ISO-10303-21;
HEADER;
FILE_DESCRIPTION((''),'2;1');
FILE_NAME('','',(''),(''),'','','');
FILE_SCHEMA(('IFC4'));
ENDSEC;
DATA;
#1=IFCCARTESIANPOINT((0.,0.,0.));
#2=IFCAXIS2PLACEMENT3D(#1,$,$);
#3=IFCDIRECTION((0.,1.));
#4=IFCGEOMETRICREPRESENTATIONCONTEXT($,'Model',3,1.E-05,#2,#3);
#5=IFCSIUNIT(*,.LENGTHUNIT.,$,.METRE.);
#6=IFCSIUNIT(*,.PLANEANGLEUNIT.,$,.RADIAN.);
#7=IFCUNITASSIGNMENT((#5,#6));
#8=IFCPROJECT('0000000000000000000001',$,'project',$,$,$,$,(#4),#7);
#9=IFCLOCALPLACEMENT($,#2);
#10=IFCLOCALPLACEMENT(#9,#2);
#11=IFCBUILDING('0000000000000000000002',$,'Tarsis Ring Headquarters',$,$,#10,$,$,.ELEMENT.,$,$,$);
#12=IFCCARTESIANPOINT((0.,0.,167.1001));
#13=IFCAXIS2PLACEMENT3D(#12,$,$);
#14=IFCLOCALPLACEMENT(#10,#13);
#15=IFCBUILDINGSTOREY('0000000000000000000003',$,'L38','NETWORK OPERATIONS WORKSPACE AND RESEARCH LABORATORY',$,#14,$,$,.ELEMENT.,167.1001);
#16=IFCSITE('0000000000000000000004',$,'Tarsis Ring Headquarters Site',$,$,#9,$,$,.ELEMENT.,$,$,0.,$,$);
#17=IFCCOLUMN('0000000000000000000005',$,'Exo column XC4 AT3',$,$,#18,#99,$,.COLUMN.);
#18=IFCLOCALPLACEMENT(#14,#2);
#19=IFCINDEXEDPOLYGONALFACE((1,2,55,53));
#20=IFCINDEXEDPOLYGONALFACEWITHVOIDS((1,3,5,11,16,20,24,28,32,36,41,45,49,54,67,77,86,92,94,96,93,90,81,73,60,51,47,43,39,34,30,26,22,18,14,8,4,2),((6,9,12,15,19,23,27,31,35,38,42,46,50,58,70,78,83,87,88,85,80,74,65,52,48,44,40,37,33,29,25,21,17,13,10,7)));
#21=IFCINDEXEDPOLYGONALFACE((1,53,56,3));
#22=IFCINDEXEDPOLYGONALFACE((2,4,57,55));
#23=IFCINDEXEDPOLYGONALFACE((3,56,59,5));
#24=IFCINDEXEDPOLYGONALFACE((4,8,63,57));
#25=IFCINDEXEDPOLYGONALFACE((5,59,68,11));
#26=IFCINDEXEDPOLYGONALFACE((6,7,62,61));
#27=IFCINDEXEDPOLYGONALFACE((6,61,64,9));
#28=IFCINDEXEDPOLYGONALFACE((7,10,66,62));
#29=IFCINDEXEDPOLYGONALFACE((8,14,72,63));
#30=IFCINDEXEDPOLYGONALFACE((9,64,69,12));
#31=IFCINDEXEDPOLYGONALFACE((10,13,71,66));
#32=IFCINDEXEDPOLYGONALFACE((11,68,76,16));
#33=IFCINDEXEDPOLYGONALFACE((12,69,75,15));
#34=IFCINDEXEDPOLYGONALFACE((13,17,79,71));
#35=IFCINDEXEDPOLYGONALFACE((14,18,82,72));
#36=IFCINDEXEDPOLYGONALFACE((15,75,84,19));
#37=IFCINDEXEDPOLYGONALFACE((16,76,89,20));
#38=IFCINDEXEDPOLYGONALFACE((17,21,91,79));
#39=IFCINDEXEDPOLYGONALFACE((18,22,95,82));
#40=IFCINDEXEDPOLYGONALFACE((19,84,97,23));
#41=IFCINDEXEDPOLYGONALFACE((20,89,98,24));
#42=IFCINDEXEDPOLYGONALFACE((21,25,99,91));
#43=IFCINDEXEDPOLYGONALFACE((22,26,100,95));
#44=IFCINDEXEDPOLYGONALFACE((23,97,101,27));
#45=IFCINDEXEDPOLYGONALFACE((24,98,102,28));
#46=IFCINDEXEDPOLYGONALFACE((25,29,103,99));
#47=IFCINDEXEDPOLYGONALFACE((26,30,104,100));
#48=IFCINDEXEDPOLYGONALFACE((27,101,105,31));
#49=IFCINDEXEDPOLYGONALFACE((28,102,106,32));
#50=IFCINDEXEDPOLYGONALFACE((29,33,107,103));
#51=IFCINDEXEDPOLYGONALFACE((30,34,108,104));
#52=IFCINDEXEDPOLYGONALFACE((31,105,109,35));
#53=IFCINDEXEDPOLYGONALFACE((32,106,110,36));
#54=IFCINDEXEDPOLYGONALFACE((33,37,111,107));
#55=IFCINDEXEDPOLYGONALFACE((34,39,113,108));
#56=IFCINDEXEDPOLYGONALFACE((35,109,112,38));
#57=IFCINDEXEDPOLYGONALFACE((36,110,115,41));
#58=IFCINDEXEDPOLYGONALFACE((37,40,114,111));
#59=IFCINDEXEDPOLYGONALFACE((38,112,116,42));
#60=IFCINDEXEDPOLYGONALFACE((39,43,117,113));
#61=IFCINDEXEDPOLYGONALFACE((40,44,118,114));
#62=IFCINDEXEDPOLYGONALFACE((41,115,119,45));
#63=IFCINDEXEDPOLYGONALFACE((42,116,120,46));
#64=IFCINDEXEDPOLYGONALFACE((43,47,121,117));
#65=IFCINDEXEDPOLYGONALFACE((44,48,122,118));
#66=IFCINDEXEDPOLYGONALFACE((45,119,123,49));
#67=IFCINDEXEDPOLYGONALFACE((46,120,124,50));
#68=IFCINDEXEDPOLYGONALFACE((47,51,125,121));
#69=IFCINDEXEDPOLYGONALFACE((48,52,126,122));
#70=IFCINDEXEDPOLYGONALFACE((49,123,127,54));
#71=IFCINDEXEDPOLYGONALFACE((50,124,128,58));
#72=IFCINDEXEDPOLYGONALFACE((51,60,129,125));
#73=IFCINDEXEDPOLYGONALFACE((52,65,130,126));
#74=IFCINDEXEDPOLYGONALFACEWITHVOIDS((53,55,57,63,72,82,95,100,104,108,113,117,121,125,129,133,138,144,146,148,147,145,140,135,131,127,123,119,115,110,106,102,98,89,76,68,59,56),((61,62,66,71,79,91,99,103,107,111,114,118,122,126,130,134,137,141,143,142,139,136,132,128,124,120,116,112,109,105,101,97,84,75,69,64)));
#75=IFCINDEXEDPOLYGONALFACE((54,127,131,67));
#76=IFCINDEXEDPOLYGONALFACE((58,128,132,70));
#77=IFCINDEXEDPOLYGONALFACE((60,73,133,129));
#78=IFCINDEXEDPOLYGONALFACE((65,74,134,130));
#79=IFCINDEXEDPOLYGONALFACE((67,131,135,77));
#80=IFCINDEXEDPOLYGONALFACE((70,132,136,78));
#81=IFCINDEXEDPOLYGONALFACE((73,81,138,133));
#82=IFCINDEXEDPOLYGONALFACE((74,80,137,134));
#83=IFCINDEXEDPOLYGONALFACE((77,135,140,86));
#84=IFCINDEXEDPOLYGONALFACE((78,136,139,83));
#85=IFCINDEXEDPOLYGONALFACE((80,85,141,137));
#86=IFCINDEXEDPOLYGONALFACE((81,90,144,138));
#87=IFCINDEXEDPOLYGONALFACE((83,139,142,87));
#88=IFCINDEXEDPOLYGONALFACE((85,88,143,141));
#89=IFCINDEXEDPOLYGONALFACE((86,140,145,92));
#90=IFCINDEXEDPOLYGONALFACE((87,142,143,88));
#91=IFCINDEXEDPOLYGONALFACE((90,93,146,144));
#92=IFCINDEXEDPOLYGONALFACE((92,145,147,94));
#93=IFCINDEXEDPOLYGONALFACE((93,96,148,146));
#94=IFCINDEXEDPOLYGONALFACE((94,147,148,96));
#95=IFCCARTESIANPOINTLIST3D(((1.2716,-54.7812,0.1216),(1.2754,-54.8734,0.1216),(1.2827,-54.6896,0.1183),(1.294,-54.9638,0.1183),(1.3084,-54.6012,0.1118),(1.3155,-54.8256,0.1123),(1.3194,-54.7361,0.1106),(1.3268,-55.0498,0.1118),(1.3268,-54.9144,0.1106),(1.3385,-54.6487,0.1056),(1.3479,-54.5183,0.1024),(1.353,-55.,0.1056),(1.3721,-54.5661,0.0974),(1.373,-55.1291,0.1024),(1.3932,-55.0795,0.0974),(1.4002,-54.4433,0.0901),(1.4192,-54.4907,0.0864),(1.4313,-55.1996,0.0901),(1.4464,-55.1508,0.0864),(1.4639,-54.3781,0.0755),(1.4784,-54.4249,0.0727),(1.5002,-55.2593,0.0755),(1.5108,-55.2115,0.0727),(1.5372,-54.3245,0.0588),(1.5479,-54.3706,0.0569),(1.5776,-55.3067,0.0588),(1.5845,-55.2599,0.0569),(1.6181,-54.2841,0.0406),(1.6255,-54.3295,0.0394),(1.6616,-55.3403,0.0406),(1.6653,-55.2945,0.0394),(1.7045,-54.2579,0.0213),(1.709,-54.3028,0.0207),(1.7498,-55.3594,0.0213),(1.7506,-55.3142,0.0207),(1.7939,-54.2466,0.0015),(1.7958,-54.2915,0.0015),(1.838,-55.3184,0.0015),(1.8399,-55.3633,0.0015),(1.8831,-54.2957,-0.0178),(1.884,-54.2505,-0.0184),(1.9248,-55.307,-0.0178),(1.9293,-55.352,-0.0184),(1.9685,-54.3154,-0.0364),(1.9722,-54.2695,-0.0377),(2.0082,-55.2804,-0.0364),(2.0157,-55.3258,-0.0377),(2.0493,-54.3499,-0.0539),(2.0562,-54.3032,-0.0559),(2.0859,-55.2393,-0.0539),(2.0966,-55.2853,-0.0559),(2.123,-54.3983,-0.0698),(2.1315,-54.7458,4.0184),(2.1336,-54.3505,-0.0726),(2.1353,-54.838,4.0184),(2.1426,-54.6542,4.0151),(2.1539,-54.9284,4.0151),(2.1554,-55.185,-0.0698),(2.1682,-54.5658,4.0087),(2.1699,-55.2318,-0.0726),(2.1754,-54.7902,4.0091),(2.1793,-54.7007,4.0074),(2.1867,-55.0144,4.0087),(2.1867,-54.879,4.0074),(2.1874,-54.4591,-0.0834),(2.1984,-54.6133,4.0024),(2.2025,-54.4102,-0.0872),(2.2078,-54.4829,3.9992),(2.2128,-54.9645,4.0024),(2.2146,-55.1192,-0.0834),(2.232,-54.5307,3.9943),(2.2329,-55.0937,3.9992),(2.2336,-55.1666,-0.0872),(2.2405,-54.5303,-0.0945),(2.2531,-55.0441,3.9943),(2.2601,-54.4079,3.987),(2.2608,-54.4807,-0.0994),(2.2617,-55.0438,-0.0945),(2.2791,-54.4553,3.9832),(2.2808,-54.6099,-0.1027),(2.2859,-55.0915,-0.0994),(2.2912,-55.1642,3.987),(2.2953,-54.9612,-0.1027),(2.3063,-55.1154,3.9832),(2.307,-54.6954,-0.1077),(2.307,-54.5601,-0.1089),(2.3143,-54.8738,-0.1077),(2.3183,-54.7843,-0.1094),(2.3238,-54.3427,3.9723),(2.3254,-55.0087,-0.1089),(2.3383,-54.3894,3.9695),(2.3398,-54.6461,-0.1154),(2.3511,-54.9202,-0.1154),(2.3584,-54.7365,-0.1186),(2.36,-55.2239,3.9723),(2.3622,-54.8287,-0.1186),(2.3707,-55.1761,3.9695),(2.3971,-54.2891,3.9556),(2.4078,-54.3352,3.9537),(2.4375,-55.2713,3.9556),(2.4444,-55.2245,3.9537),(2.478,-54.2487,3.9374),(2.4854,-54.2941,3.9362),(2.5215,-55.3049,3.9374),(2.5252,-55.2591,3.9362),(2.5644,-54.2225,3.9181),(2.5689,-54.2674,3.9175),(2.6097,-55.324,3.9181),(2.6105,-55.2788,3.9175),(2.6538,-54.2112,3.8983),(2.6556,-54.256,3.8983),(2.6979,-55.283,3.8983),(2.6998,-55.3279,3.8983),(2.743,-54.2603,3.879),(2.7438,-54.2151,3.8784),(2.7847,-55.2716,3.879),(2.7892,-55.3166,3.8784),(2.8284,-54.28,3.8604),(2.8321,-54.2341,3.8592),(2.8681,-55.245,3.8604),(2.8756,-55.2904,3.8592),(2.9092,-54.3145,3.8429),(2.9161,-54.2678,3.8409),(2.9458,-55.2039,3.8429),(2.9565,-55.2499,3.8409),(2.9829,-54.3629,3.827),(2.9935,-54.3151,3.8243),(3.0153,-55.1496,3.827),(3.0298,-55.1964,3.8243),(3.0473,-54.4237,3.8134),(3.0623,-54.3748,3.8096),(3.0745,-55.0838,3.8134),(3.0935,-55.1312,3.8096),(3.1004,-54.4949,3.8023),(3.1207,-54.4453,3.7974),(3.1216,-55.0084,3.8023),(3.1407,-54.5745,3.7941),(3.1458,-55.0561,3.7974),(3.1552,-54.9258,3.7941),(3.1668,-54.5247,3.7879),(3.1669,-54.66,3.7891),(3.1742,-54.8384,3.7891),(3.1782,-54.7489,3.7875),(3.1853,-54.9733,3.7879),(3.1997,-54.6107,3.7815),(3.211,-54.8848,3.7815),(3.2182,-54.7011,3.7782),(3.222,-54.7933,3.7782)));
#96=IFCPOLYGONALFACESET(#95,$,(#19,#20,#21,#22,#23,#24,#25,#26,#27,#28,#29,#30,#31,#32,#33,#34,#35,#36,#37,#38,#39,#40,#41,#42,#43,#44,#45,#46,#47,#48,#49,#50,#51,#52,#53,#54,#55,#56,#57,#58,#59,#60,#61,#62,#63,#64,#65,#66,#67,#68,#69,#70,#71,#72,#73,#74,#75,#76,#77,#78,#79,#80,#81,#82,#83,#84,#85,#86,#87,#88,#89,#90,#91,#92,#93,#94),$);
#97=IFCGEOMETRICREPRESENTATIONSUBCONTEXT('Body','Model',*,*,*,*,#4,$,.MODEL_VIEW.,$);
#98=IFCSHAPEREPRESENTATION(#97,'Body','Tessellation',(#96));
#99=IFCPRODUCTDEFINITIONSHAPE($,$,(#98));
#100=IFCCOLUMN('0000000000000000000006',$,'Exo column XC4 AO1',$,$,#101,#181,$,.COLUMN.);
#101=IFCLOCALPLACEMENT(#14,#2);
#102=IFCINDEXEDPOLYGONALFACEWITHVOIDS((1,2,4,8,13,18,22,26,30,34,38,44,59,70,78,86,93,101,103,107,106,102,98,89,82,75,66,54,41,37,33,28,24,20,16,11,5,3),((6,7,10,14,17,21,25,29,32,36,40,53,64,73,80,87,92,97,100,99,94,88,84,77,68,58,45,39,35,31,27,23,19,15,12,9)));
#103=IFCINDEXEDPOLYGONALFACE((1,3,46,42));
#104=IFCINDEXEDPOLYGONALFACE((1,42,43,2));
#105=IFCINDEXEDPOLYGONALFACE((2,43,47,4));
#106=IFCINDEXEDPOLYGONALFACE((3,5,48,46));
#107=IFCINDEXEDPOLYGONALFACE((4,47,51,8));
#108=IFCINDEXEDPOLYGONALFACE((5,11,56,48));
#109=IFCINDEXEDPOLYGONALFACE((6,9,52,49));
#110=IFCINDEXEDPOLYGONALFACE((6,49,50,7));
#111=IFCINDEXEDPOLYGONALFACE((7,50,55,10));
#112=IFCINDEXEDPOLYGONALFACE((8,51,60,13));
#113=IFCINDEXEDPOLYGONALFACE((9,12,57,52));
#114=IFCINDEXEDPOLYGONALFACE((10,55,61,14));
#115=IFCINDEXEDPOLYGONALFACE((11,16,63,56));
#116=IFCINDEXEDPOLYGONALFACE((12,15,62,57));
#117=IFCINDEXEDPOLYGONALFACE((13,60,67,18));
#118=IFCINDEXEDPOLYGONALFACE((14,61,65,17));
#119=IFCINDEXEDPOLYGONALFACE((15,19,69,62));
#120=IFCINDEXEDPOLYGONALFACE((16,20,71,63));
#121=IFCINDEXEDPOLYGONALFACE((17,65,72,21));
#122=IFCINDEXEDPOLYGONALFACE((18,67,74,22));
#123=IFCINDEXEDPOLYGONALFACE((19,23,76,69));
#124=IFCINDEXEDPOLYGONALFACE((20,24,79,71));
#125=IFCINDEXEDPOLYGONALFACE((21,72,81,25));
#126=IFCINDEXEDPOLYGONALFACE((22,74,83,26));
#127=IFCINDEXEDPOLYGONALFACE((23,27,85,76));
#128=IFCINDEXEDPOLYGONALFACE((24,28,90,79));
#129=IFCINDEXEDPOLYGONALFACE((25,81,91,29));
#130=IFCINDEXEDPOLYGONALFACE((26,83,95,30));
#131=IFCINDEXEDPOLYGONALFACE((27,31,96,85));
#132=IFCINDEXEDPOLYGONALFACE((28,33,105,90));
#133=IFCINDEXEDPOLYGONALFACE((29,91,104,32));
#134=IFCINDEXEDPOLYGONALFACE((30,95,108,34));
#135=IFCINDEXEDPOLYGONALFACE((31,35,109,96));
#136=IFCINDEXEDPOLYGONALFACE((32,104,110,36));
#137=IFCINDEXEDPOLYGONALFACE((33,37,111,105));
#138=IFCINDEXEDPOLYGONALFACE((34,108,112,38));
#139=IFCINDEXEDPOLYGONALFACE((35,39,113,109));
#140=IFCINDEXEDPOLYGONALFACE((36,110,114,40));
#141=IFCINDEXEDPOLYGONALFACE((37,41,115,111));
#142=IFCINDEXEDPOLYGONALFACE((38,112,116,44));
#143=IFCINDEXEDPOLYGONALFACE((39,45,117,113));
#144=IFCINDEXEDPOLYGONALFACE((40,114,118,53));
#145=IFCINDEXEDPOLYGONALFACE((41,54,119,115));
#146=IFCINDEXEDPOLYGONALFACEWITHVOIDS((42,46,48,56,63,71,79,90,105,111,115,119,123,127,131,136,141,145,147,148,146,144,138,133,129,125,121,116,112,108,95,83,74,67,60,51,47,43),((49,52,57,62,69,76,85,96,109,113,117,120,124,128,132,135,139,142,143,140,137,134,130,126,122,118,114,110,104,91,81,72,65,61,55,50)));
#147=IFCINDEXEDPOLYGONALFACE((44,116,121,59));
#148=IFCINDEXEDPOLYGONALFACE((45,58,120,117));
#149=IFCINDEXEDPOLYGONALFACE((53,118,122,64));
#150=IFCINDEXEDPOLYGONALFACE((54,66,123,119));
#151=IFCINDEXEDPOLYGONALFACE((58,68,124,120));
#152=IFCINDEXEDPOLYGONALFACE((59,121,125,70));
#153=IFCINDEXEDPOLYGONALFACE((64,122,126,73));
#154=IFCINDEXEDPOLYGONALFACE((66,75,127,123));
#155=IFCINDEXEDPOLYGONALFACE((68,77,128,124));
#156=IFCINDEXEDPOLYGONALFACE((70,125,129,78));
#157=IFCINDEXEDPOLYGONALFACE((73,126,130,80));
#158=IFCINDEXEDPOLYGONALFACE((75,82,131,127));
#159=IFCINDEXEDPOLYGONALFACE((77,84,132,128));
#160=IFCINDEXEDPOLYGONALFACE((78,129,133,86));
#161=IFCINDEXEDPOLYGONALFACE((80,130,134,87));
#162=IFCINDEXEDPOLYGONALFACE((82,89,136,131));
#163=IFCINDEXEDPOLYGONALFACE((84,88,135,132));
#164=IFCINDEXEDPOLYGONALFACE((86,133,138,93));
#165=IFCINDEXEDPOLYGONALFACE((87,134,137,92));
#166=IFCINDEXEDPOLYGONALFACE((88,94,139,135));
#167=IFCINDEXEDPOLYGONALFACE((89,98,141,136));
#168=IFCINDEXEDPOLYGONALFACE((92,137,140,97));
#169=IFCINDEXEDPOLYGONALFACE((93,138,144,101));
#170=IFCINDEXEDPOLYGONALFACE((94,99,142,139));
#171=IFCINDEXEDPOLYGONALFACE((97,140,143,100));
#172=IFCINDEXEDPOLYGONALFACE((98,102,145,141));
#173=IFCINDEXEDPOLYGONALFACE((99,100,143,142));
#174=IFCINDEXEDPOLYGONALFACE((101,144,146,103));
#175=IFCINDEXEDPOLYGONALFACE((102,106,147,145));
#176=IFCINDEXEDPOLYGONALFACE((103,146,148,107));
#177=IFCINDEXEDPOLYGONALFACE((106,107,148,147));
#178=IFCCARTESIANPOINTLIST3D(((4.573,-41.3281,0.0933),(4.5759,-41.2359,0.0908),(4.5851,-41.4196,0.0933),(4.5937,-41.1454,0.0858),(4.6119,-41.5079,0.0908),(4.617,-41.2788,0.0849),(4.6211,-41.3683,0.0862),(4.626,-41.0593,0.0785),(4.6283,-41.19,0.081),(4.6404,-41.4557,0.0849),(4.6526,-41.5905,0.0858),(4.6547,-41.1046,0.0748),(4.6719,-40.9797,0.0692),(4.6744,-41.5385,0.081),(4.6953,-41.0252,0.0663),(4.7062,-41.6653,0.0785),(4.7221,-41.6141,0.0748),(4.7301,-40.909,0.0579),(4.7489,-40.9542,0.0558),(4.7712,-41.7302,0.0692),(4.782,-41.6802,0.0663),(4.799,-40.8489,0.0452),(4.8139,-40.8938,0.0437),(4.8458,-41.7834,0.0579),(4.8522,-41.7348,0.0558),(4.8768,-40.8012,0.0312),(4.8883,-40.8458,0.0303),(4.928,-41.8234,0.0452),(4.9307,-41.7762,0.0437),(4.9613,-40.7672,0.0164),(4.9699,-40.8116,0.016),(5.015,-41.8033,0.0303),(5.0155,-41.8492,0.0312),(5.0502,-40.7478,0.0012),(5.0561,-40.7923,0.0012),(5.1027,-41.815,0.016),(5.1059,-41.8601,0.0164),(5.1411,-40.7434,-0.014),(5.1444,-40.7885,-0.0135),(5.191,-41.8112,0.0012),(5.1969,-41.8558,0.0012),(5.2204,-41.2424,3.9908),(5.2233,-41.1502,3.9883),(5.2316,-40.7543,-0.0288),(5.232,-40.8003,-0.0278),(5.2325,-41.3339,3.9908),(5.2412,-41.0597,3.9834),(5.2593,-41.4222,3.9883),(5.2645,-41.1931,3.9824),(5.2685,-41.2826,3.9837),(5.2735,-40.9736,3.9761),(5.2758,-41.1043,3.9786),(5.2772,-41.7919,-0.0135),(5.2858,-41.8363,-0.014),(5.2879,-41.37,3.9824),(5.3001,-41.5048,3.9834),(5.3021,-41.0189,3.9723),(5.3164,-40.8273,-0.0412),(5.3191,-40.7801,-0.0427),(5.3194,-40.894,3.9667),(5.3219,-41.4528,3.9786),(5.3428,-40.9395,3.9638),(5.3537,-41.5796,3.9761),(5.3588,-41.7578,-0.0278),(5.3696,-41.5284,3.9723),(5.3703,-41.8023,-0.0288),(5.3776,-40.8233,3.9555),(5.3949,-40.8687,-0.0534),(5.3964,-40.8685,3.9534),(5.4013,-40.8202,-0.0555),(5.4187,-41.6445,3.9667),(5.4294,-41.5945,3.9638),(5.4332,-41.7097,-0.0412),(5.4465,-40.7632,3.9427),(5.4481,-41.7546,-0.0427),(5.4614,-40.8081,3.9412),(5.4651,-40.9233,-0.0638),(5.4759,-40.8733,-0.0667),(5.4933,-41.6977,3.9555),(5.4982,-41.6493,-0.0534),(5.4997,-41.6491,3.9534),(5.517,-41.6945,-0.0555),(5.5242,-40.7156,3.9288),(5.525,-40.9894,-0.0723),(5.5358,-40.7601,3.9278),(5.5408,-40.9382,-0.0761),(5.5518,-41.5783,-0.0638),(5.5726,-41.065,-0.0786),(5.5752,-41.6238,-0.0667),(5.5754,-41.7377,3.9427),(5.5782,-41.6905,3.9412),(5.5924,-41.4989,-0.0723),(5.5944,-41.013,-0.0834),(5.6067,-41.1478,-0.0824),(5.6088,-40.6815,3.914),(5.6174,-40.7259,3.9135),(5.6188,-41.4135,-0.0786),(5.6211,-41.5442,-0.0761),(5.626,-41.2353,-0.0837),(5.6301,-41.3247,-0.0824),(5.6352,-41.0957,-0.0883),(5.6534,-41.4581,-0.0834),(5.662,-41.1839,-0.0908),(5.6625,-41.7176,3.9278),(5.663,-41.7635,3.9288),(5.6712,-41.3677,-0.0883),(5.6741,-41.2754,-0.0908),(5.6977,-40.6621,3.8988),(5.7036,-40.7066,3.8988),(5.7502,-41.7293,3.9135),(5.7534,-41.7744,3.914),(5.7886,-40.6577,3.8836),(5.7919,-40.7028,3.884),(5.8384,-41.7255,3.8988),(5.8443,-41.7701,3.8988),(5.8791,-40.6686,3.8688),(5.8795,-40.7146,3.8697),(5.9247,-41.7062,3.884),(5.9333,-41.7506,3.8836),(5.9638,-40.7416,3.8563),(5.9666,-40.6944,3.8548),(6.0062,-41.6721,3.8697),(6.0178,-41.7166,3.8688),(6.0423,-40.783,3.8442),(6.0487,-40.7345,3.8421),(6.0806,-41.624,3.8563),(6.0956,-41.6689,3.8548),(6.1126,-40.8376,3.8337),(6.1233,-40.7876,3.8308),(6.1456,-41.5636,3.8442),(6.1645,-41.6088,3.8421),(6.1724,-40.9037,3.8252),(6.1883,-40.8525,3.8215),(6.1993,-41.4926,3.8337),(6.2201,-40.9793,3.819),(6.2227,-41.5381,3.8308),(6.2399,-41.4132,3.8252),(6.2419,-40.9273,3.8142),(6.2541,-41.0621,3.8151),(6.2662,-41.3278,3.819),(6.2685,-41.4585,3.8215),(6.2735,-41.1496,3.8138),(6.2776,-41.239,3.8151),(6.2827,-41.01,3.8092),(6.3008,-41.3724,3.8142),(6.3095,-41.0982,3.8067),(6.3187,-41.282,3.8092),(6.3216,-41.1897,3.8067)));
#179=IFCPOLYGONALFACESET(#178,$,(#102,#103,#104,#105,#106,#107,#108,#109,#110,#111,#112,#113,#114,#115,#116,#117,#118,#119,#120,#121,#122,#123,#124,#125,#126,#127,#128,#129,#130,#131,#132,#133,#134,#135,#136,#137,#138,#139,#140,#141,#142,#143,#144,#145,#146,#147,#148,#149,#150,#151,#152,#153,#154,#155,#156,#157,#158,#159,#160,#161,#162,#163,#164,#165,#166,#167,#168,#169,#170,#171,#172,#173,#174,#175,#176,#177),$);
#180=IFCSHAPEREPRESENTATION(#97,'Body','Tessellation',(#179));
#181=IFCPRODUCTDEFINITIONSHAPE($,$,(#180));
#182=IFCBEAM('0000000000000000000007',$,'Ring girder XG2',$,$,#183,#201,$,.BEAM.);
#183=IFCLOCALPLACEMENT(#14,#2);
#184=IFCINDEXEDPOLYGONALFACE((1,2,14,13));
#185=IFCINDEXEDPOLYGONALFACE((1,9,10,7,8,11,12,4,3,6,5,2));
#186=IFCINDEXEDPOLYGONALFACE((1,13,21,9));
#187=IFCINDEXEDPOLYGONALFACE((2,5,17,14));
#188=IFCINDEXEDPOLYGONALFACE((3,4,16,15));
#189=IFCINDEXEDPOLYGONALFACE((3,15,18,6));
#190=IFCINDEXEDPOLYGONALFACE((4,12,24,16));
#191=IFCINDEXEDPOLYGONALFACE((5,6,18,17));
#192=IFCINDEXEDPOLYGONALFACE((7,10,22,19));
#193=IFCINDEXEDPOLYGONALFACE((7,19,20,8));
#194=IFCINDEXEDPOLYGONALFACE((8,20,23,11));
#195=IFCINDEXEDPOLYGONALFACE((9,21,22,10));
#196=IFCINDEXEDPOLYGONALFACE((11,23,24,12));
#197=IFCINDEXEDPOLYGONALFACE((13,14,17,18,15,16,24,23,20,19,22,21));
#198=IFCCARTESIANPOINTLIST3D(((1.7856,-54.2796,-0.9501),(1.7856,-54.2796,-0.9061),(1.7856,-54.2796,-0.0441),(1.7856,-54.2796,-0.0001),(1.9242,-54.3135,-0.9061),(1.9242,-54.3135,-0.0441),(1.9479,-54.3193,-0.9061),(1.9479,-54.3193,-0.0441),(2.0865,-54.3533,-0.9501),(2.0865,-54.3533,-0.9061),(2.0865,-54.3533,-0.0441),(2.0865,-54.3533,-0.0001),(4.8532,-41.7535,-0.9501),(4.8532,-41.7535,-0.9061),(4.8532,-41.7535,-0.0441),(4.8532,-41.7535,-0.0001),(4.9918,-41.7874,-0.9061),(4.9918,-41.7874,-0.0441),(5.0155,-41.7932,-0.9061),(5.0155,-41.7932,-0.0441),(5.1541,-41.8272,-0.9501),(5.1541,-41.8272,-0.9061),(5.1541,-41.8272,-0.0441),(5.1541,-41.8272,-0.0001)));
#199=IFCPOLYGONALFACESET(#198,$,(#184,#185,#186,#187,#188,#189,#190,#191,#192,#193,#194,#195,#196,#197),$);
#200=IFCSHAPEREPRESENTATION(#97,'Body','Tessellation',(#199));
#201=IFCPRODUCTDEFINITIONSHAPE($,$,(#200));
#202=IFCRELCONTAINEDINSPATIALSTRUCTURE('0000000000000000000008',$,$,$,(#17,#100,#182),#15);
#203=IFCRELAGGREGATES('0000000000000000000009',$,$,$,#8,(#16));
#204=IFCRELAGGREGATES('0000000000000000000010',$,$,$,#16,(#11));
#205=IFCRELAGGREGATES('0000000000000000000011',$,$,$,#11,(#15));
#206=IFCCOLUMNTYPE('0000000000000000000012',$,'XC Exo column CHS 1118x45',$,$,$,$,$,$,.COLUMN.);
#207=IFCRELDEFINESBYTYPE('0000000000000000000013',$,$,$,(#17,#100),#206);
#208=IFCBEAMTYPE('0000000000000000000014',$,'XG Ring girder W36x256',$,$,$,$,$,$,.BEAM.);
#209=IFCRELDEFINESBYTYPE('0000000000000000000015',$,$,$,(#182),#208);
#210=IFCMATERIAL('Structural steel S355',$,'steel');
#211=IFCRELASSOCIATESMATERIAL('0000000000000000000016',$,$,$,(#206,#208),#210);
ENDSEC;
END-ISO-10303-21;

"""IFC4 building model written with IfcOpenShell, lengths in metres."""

from ifc_helpers import new_model, si_unit, direction, frame, origin, origin_2d, place, context, subcontext, project, spatial, hollow_circle, i_section, extrude, material, material_profile, profile_set, type_object, element, save


model = new_model("IFC4")

# Units and contexts
model_context = context("Model", 3, precision=1e-05, world=origin(), true_north=direction((0.0, 1.0)))
body_context = subcontext(model_context, "Body", "Model", "MODEL_VIEW")
ifc_project = project(units=[si_unit("LENGTHUNIT", "METRE"), si_unit("PLANEANGLEUNIT", "RADIAN")], contexts=[model_context])

# Site, building, storey
site_placement = place(None, origin())
site = spatial("IfcSite", under=ifc_project, at=site_placement, Name="Tarsis Ring Headquarters Site", CompositionType="ELEMENT", RefElevation=0.0)
building_placement = place(site_placement, origin())
building = spatial("IfcBuilding", under=site, at=building_placement, Name="Tarsis Ring Headquarters", CompositionType="ELEMENT")
storey_placement = place(building_placement, frame((0.0, 0.0, 167.1001)))
storey = spatial("IfcBuildingStorey", under=building, at=storey_placement, Name="L38", Description="NETWORK OPERATIONS WORKSPACE AND RESEARCH LABORATORY", CompositionType="ELEMENT", Elevation=167.1001)

# Columns
ifc_material_1 = material(Name="Structural steel S355", Category="steel")
ifc_material_profile_1 = material_profile(ifc_material_1, hollow_circle(Radius=0.5588, WallThickness=0.0449, at=origin_2d()), Name="CHS 1118x45")
ifc_profile_set_1 = profile_set([ifc_material_profile_1], Name="Structural steel S355")
column_type = type_object("IfcColumnType", Name="XC Exo column CHS 1118x45", PredefinedType="COLUMN", material=ifc_profile_set_1)
column_1_placement = place(storey_placement, frame((1.8169, -54.8049, 0.0015), z_axis=(0.215471, 0.008871, 0.97647), x_axis=(-0.041135, 0.999154, 0.0)))
element("IfcColumn", 1, at=column_1_placement, inside=storey, type_object=column_type, Name="Exo column XC4 AT3", PredefinedType="COLUMN", context=body_context, shape_type="SweptSolid", body=[
    extrude(hollow_circle(Radius=0.5588, WallThickness=0.0449, at=origin_2d()), origin(), (0.0, 0.0, 1.0), 3.9907),
])
column_2_placement = place(storey_placement, frame((5.1235, -41.3018, 0.0012), z_axis=(0.163839, 0.021685, 0.986249), x_axis=(-0.131209, 0.991355, 0.0)))
element("IfcColumn", 2, at=column_2_placement, inside=storey, type_object=column_type, Name="Exo column XC4 AO1", PredefinedType="COLUMN", context=body_context, shape_type="SweptSolid", body=[
    extrude(hollow_circle(Radius=0.5588, WallThickness=0.0449, at=origin_2d()), origin(), (0.0, 0.0, 1.0), 3.9519),
])

# Beam
ifc_material_profile_2 = material_profile(ifc_material_1, i_section(OverallWidth=0.3098, OverallDepth=0.95, WebThickness=0.0244, FlangeThickness=0.0439, at=origin_2d()), Name="W36x256")
ifc_profile_set_2 = profile_set([ifc_material_profile_2], Name="Structural steel S355")
beam_type = type_object("IfcBeamType", Name="XG Ring girder W36x256", PredefinedType="BEAM", material=ifc_profile_set_2)
beam_placement = place(storey_placement, frame((1.936, -54.3164, -0.4751), z_axis=(0.237869, 0.971297, 0.0), x_axis=(-0.971297, 0.237869, 0.0)))
element("IfcBeam", 3, at=beam_placement, inside=storey, type_object=beam_type, Name="Ring girder XG2", PredefinedType="BEAM", context=body_context, shape_type="SweptSolid", body=[
    extrude(i_section(OverallWidth=0.3098, OverallDepth=0.95, WebThickness=0.0244, FlangeThickness=0.0439, at=origin_2d()), origin(), (0.0, 0.0, 1.0), 12.8962),
])

save(model, "model.ifc")
